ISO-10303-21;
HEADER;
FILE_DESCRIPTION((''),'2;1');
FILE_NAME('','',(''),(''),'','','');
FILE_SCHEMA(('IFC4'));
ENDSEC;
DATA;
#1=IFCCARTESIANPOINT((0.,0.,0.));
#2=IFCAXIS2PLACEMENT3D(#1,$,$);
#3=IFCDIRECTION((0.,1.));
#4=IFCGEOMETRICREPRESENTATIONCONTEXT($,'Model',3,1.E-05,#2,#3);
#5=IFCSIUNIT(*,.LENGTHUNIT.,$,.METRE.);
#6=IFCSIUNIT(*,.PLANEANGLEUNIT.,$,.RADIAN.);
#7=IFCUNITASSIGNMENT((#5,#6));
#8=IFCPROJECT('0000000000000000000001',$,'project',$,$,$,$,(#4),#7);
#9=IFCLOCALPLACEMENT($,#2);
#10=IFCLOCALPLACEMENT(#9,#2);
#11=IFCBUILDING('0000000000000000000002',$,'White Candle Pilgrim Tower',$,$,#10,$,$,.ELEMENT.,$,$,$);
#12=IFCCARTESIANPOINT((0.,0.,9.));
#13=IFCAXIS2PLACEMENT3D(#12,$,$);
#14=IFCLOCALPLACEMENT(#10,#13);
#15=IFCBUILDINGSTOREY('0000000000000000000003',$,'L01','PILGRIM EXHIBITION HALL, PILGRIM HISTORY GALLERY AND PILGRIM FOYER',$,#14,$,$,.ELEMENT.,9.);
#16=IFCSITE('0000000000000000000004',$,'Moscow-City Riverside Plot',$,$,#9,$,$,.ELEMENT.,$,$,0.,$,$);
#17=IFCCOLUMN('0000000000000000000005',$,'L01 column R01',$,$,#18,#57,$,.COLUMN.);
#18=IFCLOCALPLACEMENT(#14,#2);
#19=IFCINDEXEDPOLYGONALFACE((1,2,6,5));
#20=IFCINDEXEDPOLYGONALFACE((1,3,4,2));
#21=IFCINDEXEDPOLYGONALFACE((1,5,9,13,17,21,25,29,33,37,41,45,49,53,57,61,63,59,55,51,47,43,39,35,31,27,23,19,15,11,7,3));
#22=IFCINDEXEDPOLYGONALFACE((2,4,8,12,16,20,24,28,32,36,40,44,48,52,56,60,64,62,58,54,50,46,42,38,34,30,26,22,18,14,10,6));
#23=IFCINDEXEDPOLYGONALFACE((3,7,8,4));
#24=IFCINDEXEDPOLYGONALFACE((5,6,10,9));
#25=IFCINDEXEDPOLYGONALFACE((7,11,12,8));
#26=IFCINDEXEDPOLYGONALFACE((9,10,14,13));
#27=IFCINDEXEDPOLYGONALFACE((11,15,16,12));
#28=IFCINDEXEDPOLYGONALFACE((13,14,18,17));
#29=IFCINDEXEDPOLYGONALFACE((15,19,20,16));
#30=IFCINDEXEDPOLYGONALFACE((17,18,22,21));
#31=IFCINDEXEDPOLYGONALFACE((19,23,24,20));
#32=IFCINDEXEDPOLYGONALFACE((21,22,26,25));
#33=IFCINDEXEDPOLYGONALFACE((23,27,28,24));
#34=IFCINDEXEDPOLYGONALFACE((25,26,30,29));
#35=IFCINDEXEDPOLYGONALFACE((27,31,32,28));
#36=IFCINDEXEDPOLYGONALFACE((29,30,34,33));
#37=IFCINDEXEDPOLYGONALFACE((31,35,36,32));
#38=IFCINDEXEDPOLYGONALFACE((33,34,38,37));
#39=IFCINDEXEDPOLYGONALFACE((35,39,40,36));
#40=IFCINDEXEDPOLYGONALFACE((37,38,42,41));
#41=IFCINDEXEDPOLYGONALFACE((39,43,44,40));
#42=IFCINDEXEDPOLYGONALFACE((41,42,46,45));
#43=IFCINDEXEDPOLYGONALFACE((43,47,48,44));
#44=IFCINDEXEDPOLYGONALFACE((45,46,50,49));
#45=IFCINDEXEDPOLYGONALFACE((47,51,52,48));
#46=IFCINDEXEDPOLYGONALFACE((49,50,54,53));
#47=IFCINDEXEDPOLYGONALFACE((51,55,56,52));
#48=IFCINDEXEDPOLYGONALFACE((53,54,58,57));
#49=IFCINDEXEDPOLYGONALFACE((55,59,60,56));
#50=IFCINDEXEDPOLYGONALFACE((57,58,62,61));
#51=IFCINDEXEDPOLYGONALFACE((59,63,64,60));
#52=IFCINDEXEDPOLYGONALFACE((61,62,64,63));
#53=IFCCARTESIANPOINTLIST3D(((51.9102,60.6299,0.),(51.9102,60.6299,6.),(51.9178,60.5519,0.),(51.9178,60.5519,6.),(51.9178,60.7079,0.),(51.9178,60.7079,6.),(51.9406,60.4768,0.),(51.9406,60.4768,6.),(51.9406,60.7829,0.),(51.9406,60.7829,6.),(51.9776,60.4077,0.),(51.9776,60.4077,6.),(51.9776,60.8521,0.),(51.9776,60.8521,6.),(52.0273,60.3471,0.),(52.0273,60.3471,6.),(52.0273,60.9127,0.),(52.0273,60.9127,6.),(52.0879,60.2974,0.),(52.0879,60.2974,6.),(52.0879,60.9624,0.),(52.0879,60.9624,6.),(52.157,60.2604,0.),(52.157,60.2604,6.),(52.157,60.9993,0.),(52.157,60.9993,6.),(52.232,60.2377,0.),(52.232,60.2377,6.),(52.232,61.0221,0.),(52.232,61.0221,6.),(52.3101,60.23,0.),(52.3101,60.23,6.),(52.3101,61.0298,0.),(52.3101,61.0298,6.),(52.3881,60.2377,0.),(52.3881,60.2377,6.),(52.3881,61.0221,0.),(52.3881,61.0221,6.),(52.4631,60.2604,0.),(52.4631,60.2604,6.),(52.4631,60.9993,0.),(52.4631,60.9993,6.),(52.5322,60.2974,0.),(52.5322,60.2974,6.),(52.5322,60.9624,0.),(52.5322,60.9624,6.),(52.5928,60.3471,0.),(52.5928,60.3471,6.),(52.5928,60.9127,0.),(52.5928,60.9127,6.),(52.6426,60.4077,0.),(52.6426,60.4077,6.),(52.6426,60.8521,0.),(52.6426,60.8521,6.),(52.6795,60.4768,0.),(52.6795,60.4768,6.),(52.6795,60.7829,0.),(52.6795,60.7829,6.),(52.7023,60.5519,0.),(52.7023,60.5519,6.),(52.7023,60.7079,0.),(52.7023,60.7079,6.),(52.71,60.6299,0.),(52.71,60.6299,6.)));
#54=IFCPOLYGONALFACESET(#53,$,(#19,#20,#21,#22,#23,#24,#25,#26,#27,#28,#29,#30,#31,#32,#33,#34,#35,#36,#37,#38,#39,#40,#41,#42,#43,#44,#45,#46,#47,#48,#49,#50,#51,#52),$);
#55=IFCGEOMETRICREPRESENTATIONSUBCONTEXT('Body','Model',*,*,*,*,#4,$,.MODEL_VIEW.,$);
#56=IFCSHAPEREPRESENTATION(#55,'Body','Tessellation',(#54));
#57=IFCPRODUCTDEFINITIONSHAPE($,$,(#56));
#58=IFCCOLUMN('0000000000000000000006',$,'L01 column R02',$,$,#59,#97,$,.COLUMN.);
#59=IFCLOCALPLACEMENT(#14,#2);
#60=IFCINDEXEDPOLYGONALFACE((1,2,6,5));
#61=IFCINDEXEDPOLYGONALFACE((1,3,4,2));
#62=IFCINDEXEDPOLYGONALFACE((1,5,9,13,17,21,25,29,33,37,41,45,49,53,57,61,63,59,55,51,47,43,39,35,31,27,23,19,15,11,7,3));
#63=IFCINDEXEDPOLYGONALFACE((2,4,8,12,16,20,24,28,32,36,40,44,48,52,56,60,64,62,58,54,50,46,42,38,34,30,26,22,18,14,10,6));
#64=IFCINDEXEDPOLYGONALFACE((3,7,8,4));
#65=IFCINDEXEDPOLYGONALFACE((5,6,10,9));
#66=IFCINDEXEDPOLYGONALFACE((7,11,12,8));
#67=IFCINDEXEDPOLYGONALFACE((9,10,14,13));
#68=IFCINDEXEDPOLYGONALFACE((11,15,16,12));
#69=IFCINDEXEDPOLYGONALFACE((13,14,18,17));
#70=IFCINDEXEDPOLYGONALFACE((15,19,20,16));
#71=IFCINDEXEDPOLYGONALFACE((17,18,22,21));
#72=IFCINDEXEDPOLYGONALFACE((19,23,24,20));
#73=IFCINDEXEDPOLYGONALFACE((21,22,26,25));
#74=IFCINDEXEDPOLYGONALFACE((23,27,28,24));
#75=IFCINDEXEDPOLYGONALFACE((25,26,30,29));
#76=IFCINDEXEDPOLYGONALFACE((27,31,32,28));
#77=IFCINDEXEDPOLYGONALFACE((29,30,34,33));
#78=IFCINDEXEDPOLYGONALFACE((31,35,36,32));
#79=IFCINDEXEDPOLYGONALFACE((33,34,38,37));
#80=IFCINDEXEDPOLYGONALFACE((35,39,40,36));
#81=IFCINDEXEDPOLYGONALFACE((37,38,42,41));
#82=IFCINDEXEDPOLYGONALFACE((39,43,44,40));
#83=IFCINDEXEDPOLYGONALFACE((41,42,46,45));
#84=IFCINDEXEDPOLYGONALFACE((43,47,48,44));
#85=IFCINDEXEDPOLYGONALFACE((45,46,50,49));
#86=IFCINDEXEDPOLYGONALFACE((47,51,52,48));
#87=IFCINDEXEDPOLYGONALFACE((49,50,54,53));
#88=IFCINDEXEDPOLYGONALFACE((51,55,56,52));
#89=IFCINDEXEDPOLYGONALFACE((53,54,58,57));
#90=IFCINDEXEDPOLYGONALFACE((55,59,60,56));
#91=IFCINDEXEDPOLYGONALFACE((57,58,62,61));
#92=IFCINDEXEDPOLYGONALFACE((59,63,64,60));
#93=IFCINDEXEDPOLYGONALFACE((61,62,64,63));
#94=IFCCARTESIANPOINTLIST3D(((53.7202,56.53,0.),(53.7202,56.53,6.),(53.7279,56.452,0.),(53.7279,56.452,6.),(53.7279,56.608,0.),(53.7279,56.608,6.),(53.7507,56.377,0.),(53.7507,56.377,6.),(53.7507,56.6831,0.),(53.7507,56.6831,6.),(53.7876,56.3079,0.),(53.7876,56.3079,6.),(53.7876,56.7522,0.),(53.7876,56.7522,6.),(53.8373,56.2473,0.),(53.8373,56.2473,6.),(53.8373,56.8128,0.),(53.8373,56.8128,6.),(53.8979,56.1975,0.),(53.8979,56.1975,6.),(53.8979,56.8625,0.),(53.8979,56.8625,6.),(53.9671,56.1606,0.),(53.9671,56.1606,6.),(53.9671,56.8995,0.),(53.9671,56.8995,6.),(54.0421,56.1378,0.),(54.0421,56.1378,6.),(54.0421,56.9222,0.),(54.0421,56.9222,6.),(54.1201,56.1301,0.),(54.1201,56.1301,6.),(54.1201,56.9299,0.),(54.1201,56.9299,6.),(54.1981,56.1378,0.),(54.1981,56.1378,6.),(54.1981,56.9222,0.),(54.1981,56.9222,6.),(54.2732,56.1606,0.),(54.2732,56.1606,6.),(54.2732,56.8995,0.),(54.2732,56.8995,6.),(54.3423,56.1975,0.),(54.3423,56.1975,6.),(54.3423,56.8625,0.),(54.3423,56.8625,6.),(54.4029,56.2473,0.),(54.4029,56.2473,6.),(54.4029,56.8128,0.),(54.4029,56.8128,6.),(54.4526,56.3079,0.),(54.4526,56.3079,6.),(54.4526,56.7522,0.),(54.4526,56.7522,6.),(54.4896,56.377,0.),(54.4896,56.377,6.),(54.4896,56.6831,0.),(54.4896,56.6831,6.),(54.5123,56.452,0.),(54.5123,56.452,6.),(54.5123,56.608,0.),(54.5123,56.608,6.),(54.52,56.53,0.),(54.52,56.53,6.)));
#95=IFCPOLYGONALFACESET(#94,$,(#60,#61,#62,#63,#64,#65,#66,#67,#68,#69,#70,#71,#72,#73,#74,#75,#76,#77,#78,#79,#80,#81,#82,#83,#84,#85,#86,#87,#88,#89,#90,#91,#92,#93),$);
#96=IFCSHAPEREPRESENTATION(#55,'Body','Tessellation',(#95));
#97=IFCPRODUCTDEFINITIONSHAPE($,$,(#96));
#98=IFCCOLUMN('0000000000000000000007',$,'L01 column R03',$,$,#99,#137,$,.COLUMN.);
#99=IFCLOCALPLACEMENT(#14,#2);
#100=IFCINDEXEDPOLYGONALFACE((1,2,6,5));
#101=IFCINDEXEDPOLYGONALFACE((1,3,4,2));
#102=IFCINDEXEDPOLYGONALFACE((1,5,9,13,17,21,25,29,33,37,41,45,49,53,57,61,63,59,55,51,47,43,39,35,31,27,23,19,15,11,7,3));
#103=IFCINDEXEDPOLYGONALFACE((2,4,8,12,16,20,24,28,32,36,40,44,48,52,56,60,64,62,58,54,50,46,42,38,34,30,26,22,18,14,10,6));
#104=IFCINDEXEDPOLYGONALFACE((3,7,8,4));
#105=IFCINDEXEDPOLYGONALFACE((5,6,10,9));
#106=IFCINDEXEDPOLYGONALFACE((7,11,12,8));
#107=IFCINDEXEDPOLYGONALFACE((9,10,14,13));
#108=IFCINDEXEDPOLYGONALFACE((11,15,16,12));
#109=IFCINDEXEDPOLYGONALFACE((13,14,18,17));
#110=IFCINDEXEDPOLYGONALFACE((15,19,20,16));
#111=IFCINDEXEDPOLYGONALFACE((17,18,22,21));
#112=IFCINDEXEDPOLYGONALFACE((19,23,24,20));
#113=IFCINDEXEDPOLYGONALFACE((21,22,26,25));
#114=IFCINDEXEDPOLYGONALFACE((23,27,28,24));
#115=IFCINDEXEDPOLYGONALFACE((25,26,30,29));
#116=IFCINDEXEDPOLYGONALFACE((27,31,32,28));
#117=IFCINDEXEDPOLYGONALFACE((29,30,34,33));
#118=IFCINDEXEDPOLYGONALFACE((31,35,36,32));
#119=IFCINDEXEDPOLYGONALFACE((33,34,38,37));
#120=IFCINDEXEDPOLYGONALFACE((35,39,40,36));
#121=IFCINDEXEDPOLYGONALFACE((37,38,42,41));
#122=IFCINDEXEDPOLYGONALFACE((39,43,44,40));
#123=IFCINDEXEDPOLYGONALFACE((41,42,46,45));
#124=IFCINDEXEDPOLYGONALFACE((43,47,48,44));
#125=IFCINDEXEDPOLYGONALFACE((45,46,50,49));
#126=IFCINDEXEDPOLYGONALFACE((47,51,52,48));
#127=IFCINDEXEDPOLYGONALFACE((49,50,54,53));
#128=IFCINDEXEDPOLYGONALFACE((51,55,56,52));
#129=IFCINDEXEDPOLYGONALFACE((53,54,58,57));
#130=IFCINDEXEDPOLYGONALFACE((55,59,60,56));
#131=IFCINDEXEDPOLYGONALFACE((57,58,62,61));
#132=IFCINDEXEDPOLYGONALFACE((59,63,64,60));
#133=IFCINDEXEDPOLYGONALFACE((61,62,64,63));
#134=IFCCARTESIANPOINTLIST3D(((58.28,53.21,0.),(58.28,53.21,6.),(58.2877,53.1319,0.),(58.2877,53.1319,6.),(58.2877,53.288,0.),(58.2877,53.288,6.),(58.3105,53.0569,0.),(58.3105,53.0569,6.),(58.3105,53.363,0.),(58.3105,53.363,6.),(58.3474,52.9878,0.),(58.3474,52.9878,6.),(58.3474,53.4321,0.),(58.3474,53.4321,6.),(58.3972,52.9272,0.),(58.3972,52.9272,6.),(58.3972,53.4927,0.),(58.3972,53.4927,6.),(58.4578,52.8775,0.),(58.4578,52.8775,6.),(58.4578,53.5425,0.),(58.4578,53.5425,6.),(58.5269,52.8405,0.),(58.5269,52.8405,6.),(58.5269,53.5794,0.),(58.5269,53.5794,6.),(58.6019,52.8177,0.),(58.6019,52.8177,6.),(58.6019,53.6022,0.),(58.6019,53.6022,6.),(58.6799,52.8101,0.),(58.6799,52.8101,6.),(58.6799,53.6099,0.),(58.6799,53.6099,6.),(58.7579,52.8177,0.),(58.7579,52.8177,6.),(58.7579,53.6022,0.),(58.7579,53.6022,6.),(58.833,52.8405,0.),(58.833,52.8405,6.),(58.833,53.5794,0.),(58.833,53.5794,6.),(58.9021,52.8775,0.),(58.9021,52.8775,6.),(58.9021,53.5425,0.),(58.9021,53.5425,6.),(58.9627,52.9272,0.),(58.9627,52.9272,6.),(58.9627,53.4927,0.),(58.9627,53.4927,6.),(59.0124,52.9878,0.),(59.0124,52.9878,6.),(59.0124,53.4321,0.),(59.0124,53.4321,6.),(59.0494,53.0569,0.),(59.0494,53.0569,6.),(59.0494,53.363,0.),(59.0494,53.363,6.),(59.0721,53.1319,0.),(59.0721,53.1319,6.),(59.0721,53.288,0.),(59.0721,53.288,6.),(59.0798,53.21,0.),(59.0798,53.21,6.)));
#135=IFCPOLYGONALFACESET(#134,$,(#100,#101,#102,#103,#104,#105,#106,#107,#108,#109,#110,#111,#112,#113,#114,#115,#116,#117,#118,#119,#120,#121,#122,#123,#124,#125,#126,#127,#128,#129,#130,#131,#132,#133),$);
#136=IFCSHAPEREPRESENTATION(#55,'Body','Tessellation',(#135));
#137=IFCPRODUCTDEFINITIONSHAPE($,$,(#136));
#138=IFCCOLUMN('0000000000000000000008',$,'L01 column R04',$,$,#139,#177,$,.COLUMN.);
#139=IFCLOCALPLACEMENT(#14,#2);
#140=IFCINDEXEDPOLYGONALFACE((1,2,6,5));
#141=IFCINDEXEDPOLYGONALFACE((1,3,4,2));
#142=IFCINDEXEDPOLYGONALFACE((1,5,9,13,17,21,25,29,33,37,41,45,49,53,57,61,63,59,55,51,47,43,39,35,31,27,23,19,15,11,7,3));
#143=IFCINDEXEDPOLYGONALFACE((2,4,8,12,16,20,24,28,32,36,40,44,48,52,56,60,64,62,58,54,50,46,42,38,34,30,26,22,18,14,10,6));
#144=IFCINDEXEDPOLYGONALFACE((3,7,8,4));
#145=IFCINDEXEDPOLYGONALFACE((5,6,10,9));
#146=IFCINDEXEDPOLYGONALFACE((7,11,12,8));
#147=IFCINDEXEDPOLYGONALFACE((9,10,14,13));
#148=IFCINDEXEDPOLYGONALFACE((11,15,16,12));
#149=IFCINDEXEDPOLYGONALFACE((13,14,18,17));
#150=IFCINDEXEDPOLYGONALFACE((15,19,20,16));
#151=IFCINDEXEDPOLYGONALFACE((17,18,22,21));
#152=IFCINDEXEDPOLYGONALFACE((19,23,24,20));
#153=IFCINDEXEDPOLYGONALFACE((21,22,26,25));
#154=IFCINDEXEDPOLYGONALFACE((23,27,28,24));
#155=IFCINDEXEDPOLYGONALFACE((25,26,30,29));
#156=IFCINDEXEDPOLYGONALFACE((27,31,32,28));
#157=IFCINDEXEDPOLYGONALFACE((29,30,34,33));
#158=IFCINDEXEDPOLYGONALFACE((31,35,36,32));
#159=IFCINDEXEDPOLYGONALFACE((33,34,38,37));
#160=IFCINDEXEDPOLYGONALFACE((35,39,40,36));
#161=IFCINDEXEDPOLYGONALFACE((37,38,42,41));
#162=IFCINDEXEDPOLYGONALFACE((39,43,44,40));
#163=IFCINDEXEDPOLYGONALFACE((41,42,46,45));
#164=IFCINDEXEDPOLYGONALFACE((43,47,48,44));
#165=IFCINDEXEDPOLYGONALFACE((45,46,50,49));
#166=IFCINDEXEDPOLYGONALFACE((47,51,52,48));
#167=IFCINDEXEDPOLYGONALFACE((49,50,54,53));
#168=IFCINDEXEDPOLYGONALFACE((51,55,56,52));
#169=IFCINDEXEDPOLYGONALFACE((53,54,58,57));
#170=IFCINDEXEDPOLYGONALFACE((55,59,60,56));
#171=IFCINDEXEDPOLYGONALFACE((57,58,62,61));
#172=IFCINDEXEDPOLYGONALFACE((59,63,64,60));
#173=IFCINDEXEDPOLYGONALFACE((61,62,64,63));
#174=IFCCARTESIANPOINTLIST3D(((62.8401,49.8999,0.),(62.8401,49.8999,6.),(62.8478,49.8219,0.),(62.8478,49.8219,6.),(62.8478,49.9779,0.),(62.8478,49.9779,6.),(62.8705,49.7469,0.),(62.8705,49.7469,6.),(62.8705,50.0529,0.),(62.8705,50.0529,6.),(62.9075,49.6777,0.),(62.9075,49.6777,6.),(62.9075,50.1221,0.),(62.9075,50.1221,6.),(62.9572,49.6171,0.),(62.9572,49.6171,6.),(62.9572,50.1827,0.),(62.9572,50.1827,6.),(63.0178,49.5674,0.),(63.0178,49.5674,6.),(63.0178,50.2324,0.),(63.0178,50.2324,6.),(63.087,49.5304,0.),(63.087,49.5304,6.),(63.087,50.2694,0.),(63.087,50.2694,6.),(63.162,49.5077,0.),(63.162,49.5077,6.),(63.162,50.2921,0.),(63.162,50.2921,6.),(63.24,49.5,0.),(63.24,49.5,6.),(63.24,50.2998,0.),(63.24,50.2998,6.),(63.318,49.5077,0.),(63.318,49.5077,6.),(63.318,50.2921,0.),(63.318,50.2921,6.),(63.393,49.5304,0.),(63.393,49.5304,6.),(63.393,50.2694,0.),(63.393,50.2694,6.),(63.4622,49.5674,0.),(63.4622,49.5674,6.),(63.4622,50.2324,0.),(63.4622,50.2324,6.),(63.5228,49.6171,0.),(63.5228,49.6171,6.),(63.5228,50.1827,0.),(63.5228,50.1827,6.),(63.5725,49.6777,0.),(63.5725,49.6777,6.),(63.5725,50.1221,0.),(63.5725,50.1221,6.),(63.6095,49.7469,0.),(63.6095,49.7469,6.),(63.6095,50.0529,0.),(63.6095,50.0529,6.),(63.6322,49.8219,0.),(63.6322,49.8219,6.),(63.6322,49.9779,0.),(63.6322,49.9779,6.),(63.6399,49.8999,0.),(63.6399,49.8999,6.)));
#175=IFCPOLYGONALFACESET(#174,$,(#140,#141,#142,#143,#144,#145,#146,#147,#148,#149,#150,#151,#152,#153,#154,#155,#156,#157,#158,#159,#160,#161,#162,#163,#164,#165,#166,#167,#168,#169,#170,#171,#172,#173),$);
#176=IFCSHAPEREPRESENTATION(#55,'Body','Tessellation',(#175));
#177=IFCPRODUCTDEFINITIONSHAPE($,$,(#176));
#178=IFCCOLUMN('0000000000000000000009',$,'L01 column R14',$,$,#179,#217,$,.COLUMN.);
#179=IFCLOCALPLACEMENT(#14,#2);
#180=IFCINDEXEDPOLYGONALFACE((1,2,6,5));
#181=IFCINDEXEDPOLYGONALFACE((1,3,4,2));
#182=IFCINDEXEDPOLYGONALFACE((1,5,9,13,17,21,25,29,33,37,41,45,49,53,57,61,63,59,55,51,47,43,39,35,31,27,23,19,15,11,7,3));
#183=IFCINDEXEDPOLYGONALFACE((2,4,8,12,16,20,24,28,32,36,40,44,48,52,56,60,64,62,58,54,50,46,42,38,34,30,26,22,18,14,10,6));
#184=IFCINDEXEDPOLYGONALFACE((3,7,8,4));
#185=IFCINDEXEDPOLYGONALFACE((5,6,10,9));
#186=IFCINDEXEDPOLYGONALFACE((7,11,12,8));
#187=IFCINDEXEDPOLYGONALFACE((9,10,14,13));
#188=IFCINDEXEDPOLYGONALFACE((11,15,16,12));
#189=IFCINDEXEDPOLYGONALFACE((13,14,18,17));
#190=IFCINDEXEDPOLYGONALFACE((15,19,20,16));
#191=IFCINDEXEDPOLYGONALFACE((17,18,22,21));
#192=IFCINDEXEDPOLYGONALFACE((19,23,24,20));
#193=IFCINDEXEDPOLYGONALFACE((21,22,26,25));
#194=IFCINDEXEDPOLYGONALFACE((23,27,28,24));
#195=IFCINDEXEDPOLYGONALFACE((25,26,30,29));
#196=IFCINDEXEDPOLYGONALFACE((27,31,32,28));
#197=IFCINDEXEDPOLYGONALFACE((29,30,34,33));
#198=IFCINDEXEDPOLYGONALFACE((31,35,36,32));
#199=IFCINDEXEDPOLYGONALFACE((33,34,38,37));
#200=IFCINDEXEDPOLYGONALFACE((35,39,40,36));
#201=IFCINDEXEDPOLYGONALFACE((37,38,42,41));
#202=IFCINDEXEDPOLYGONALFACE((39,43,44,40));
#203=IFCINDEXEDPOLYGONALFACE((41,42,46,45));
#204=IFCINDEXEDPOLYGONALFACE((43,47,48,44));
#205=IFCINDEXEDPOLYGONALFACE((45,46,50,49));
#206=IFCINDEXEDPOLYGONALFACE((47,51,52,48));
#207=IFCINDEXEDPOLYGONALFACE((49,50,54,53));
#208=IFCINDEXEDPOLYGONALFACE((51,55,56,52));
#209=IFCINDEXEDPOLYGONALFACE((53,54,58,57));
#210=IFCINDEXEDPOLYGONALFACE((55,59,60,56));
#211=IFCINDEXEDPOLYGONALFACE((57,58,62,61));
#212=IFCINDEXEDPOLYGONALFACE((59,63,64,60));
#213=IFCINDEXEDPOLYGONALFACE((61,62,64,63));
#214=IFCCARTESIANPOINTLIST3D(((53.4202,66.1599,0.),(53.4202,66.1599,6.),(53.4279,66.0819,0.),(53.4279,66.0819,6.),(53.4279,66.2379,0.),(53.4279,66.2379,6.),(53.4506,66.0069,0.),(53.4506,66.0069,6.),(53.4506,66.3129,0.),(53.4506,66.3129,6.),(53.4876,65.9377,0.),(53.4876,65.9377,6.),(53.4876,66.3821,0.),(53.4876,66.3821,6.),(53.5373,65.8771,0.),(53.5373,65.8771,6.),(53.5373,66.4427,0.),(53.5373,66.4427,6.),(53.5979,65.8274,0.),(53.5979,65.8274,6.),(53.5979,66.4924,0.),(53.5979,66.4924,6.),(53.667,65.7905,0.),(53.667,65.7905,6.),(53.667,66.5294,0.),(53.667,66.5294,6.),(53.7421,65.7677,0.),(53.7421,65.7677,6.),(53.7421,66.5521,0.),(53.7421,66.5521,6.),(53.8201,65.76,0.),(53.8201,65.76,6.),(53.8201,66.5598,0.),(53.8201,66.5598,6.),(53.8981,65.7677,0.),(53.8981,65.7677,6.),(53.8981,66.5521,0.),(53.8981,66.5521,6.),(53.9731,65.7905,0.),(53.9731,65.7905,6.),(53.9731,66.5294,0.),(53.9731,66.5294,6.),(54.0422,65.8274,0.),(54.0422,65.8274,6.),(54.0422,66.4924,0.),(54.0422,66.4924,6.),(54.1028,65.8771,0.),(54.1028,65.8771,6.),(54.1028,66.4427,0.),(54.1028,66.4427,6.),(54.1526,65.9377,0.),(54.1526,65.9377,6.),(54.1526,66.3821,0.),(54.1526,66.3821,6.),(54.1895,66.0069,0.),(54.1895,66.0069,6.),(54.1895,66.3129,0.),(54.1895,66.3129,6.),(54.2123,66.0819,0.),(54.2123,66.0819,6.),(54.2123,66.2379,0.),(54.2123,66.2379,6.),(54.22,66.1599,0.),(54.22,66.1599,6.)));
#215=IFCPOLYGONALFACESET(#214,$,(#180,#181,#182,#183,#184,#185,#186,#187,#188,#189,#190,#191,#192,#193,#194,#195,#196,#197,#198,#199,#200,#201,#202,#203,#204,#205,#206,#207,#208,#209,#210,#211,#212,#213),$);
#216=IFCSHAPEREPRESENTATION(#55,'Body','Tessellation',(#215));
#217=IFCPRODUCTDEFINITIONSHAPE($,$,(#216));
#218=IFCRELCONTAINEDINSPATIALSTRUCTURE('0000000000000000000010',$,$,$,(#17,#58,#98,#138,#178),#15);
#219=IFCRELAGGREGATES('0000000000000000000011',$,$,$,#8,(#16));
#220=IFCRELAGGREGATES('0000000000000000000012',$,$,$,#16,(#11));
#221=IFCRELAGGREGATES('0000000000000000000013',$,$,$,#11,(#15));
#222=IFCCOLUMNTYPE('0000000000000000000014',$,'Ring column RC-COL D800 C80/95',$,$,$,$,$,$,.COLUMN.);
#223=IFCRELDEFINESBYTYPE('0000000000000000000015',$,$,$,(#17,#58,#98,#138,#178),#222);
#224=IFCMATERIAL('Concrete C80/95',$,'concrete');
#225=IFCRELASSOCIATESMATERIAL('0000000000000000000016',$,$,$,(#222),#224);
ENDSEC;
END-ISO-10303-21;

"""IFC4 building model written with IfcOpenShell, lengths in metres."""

from ifc_helpers import new_model, si_unit, direction, frame, origin, origin_2d, place, context, subcontext, project, spatial, circle, extrude, material, material_profile, profile_set, type_object, element, save


model = new_model("IFC4")

# Units and contexts
model_context = context("Model", 3, precision=1e-05, world=origin(), true_north=direction((0.0, 1.0)))
body_context = subcontext(model_context, "Body", "Model", "MODEL_VIEW")
ifc_project = project(units=[si_unit("LENGTHUNIT", "METRE"), si_unit("PLANEANGLEUNIT", "RADIAN")], contexts=[model_context])

# Site, building, storey
site_placement = place(None, origin())
site = spatial("IfcSite", under=ifc_project, at=site_placement, Name="Moscow-City Riverside Plot", CompositionType="ELEMENT", RefElevation=0.0)
building_placement = place(site_placement, origin())
building = spatial("IfcBuilding", under=site, at=building_placement, Name="White Candle Pilgrim Tower", CompositionType="ELEMENT")
storey_placement = place(building_placement, frame((0.0, 0.0, 9.0)))
storey = spatial("IfcBuildingStorey", under=building, at=storey_placement, Name="L01", Description="PILGRIM EXHIBITION HALL, PILGRIM HISTORY GALLERY AND PILGRIM FOYER", CompositionType="ELEMENT", Elevation=9.0)

# Columns
ifc_material_1 = material(Name="Concrete C80/95", Category="concrete")
ifc_material_profile_1 = material_profile(ifc_material_1, circle(Radius=0.3999, at=origin_2d()), Name="RC-COL D800")
ifc_profile_set_1 = profile_set([ifc_material_profile_1], Name="Concrete C80/95")
column_type = type_object("IfcColumnType", Name="Ring column RC-COL D800 C80/95", PredefinedType="COLUMN", material=ifc_profile_set_1)
for number, where, z_axis, x_axis, name in (
    (1, (52.3101, 60.6299, 0.0), (0.0, 0.0, 1.0), (1.0, 0.0, 0.0), "L01 column R01"),
    (2, (54.1201, 56.53, 0.0), (0.0, 0.0, 1.0), (1.0, 0.0, 0.0), "L01 column R02"),
    (3, (58.6799, 53.21, 0.0), (0.0, 0.0, 1.0), (1.0, 0.0, 0.0), "L01 column R03"),
    (4, (63.24, 49.8999, 0.0), (0.0, 0.0, 1.0), (1.0, 0.0, 0.0), "L01 column R04"),
    (5, (53.8201, 66.1599, 0.0), (0.0, 0.0, 1.0), (1.0, 0.0, 0.0), "L01 column R14"),
):
    element("IfcColumn", number, at=place(storey_placement, frame(where, z_axis=z_axis, x_axis=x_axis)), inside=storey, type_object=column_type, Name=name, PredefinedType="COLUMN", context=body_context, shape_type="SweptSolid", body=[
        extrude(circle(Radius=0.3999, at=origin_2d()), origin(), (0.0, 0.0, 1.0), 6.0),
    ])

save(model, "model.ifc")
